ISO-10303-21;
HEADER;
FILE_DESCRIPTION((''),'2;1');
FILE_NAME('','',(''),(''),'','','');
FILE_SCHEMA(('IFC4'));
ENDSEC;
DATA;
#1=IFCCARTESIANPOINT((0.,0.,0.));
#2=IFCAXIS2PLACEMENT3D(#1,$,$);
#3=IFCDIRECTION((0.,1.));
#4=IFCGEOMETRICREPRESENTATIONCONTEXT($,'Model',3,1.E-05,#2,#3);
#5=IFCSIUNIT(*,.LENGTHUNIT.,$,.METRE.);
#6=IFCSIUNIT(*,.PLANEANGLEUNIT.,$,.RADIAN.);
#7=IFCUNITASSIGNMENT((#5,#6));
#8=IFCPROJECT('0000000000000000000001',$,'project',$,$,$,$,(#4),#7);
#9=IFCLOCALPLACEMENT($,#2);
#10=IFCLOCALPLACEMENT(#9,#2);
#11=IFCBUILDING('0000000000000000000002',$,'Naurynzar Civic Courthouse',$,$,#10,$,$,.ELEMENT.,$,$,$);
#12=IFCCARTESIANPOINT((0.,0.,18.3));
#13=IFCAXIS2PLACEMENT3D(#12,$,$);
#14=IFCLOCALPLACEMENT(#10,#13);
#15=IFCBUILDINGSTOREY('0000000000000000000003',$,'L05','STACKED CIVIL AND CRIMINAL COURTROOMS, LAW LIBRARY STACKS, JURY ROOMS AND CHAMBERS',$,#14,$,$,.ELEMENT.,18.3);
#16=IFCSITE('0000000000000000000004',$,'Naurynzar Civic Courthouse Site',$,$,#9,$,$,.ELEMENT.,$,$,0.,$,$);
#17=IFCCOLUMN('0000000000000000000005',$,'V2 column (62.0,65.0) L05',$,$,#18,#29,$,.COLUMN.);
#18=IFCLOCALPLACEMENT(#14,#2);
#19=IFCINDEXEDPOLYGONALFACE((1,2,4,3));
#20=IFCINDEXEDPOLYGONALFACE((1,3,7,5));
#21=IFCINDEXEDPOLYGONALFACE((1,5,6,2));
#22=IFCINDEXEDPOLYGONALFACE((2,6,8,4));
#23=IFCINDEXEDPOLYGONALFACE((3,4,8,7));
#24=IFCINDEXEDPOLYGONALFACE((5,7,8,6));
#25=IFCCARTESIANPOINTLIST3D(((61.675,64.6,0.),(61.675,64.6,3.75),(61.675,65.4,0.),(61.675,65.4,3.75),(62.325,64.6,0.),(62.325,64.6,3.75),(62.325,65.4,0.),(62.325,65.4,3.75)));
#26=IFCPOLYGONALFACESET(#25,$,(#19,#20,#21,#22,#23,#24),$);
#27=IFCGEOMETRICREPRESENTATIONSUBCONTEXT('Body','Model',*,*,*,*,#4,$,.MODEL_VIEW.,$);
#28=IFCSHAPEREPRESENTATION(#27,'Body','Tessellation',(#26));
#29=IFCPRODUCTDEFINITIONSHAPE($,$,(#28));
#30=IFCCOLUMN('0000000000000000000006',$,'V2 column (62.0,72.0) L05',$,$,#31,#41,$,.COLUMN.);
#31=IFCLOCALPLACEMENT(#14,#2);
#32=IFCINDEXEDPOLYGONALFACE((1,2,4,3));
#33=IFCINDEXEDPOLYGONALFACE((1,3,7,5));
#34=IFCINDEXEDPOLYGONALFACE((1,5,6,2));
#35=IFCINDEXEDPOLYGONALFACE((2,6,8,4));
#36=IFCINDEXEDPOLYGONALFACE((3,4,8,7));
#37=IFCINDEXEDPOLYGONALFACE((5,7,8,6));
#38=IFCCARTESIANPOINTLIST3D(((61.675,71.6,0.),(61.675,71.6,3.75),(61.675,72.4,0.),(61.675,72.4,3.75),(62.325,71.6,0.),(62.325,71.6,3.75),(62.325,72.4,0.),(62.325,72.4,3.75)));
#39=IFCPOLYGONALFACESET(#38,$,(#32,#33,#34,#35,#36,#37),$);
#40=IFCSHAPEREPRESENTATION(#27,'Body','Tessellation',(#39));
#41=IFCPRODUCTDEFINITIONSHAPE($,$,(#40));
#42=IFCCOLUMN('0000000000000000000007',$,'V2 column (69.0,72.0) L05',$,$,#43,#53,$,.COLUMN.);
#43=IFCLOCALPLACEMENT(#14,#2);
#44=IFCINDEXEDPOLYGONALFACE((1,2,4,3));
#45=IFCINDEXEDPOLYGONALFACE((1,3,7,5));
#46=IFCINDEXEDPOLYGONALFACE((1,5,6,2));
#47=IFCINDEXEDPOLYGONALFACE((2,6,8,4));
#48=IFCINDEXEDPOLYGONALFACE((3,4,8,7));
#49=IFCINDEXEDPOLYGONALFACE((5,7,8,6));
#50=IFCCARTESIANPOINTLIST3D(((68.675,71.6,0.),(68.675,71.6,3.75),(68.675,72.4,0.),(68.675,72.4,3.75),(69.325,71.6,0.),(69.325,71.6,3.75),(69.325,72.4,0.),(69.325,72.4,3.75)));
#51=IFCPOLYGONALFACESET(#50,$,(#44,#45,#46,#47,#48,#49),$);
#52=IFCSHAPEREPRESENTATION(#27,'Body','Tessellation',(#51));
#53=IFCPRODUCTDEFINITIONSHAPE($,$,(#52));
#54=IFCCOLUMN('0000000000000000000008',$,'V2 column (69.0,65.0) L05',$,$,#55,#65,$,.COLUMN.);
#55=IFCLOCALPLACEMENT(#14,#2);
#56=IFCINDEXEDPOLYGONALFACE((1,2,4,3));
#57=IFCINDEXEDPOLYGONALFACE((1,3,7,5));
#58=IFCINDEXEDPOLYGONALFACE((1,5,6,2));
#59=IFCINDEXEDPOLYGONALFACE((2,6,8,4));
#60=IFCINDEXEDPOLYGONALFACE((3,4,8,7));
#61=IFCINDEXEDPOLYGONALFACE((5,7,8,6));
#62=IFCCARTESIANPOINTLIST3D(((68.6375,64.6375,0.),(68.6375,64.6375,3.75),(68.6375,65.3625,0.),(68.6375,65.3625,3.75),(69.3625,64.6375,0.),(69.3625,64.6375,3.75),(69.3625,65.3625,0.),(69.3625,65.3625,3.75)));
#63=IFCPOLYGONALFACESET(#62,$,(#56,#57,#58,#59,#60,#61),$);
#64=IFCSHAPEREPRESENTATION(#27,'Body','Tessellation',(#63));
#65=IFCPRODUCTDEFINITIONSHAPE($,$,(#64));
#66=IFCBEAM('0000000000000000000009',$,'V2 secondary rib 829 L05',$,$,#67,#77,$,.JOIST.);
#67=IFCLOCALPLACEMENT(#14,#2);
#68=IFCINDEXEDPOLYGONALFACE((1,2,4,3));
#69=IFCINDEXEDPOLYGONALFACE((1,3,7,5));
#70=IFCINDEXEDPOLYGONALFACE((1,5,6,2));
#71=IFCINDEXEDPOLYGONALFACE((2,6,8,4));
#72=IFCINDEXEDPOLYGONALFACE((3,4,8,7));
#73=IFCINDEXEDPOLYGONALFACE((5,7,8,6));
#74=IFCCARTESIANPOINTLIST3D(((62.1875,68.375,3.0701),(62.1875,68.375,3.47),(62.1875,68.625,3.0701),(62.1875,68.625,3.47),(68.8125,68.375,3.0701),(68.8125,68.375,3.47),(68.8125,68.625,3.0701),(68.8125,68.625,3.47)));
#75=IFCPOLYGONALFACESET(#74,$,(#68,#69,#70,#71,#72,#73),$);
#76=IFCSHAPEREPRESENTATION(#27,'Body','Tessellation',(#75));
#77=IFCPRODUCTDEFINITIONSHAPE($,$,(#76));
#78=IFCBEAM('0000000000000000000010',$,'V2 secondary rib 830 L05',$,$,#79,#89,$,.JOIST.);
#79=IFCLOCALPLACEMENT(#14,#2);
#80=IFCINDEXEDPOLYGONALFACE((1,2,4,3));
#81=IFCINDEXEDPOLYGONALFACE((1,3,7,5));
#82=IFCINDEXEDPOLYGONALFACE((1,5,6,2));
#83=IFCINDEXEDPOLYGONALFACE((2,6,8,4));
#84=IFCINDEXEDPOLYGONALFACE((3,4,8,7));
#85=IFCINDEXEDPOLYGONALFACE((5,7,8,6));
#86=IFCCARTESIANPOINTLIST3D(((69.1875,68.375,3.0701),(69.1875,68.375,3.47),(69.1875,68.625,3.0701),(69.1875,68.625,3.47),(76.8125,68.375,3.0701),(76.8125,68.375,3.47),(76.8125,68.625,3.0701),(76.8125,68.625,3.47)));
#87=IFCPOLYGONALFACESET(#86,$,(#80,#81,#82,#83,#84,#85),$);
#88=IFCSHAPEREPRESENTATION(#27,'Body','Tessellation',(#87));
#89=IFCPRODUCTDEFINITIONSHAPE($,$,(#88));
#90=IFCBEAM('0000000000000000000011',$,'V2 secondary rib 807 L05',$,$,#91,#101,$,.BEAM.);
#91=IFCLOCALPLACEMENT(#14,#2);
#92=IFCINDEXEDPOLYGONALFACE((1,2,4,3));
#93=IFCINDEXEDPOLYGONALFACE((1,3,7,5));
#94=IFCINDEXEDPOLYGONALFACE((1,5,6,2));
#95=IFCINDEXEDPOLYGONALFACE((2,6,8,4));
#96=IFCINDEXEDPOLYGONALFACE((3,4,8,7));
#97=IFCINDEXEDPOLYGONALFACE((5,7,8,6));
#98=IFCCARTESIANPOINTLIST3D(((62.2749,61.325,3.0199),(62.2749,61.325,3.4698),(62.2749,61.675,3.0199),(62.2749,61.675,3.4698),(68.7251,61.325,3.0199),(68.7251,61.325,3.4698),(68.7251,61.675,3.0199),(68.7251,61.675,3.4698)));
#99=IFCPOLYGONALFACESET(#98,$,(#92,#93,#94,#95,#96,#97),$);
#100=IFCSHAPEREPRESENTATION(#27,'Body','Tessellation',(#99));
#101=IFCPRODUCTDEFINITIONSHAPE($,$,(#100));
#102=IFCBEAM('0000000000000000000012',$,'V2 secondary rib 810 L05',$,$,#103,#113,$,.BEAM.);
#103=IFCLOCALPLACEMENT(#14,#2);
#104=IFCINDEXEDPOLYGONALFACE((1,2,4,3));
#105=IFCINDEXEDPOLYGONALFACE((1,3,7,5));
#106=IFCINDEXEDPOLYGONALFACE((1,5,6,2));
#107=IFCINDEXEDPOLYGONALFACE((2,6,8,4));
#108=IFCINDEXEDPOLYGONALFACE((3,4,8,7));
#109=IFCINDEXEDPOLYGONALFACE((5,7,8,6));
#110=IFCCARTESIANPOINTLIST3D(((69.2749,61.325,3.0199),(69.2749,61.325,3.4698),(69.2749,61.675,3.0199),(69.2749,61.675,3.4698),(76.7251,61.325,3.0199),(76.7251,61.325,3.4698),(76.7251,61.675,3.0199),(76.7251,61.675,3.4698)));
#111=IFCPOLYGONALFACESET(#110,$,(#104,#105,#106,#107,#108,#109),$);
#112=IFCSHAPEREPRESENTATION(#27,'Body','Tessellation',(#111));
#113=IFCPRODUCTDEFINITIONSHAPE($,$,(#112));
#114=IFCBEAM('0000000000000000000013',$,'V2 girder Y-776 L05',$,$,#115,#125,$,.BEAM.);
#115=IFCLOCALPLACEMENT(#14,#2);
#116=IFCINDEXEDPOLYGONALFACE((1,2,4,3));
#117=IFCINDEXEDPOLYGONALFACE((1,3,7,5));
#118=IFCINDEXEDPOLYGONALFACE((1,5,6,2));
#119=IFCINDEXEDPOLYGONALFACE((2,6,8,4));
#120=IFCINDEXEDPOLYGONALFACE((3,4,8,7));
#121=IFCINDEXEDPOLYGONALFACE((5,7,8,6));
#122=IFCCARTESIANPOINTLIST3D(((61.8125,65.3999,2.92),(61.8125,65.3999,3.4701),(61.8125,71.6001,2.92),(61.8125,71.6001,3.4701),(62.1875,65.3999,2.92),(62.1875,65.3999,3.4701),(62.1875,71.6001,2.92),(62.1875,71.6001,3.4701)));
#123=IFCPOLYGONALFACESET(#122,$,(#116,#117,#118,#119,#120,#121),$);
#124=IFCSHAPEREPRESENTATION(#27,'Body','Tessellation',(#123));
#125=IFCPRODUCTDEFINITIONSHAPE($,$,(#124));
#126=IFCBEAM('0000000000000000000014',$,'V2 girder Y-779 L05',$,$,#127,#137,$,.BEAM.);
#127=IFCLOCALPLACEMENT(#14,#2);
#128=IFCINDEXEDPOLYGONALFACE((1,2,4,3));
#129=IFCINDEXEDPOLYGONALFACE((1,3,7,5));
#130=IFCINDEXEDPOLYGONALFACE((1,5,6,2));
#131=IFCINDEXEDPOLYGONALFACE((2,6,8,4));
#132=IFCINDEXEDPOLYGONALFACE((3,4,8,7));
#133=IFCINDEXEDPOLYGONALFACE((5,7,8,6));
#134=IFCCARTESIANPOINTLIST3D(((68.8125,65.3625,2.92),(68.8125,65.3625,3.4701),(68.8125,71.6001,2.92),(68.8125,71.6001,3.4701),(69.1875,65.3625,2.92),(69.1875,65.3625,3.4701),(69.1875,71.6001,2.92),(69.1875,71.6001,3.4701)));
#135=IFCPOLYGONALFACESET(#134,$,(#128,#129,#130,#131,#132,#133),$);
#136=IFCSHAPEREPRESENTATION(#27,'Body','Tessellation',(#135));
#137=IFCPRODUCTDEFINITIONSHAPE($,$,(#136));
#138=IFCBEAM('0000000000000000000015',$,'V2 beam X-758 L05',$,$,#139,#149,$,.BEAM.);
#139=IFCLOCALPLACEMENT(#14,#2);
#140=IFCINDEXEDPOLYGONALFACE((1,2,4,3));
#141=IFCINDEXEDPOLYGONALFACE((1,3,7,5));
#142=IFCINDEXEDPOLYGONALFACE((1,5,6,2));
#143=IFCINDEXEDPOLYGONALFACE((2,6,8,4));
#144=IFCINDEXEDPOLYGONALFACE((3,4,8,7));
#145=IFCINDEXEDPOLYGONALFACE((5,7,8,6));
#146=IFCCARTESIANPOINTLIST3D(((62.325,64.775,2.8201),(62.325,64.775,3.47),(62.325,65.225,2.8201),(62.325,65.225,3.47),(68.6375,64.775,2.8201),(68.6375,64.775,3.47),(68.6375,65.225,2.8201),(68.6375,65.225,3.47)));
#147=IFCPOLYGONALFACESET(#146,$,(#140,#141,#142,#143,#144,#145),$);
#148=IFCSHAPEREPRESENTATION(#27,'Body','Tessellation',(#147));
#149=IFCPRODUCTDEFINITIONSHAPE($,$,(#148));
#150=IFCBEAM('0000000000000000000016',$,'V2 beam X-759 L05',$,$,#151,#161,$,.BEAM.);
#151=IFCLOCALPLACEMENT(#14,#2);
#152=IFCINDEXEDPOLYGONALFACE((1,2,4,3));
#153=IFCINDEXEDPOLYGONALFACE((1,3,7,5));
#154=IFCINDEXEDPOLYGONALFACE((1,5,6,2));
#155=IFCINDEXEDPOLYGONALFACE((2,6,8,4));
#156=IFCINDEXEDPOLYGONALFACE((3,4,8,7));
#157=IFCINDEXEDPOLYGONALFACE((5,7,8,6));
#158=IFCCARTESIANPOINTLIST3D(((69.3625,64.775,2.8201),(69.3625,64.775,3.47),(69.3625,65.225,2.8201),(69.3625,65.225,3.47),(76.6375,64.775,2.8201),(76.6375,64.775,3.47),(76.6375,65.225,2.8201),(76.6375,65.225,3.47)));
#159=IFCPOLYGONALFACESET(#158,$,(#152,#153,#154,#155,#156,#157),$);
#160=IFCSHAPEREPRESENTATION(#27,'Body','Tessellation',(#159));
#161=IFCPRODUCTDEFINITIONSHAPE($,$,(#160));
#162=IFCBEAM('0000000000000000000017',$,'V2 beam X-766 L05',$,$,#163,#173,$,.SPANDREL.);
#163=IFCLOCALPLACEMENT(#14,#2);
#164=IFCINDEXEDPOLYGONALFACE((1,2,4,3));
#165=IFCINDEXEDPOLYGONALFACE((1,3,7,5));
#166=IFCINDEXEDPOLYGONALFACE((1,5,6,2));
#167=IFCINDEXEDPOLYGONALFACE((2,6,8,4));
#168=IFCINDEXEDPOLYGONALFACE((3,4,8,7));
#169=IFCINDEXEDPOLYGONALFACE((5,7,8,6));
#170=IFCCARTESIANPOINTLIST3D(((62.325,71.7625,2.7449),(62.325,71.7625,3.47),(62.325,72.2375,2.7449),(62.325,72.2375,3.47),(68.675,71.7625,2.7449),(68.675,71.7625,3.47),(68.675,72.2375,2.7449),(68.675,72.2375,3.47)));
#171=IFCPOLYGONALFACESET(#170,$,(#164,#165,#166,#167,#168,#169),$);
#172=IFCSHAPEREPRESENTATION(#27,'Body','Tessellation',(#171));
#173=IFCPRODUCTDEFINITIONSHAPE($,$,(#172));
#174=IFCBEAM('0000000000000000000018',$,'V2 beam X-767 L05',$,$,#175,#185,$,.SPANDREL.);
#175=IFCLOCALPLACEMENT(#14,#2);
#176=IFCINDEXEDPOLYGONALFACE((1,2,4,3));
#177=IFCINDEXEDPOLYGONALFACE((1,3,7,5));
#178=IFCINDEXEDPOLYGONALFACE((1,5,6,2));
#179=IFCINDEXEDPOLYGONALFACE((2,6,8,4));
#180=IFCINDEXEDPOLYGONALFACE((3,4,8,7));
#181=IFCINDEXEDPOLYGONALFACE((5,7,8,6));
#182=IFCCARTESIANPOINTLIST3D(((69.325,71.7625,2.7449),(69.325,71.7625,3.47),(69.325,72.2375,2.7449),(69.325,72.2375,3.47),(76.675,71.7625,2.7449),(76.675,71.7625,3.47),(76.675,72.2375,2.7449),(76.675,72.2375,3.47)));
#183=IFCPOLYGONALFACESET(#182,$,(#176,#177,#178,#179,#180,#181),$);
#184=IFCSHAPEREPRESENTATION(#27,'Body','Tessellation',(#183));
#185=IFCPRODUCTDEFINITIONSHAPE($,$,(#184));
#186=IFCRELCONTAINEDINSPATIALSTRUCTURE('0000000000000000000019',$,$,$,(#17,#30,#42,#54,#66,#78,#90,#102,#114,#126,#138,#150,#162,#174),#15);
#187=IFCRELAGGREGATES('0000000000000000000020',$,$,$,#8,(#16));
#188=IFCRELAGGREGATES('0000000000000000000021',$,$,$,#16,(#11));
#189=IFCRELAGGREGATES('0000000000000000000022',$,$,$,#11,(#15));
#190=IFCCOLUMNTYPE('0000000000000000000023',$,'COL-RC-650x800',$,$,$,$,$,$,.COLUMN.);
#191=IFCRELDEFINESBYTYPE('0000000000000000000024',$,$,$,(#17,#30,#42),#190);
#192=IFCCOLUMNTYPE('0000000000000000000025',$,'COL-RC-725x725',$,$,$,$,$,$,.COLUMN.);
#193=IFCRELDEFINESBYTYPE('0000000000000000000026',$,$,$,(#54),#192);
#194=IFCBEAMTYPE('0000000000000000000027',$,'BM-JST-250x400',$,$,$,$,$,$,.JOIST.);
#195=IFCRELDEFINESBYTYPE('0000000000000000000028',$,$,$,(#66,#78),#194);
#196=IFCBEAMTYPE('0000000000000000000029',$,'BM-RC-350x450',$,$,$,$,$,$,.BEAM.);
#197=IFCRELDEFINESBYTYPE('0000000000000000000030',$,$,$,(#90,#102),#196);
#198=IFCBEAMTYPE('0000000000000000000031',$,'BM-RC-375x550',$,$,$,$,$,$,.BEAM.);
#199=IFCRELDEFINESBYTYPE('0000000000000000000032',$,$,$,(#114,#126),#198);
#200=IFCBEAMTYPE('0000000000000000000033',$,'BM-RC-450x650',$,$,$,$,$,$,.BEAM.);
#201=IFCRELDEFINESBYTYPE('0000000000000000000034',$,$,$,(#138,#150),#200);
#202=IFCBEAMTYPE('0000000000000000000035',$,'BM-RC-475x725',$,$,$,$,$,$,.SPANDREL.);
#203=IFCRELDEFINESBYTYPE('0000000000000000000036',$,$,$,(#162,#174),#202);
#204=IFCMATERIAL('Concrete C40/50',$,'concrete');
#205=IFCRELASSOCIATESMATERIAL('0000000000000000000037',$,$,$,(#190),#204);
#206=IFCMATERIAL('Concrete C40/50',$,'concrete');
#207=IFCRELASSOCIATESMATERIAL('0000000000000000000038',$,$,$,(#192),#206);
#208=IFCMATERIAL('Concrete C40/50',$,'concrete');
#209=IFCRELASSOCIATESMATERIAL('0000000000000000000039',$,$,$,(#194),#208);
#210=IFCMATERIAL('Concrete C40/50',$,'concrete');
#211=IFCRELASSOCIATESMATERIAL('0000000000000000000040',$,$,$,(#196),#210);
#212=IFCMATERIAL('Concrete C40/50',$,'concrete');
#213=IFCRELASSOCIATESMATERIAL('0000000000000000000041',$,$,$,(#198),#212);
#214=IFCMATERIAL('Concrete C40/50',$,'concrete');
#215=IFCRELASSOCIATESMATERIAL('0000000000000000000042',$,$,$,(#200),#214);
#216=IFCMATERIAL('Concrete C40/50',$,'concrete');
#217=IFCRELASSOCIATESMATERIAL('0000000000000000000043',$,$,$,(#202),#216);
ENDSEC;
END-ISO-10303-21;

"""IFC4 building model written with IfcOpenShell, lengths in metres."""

from ifc_helpers import new_model, si_unit, direction, frame, origin, origin_2d, place, context, subcontext, project, spatial, rectangle, extrude, material, material_profile, profile_set, type_object, element, save


model = new_model("IFC4")

# Units and contexts
model_context = context("Model", 3, precision=1e-05, world=origin(), true_north=direction((0.0, 1.0)))
body_context = subcontext(model_context, "Body", "Model", "MODEL_VIEW")
ifc_project = project(units=[si_unit("LENGTHUNIT", "METRE"), si_unit("PLANEANGLEUNIT", "RADIAN")], contexts=[model_context])

# Site, building, storey
site_placement = place(None, origin())
site = spatial("IfcSite", under=ifc_project, at=site_placement, Name="Naurynzar Civic Courthouse Site", CompositionType="ELEMENT", RefElevation=0.0)
building_placement = place(site_placement, origin())
building = spatial("IfcBuilding", under=site, at=building_placement, Name="Naurynzar Civic Courthouse", CompositionType="ELEMENT")
storey_placement = place(building_placement, frame((0.0, 0.0, 18.3)))
storey = spatial("IfcBuildingStorey", under=building, at=storey_placement, Name="L05", Description="STACKED CIVIL AND CRIMINAL COURTROOMS, LAW LIBRARY STACKS, JURY ROOMS AND CHAMBERS", CompositionType="ELEMENT", Elevation=18.3)

# Columns
ifc_material_1 = material(Name="Concrete C40/50", Category="concrete")
ifc_material_profile_1 = material_profile(ifc_material_1, rectangle(XDim=0.6499, YDim=0.8, at=origin_2d()), Name="RC 650x800")
ifc_profile_set_1 = profile_set([ifc_material_profile_1], Name="Concrete C40/50")
column_type_1 = type_object("IfcColumnType", Name="COL-RC-650x800", PredefinedType="COLUMN", material=ifc_profile_set_1)
for number, where, z_axis, x_axis, name in (
    (1, (62.0, 65.0, 0.0), (0.0, 0.0, 1.0), (1.0, 0.0, 0.0), "V2 column (62.0,65.0) L05"),
    (2, (62.0, 72.0, 0.0), (0.0, 0.0, 1.0), (1.0, 0.0, 0.0), "V2 column (62.0,72.0) L05"),
    (3, (69.0, 72.0, 0.0), (0.0, 0.0, 1.0), (1.0, 0.0, 0.0), "V2 column (69.0,72.0) L05"),
):
    element("IfcColumn", number, at=place(storey_placement, frame(where, z_axis=z_axis, x_axis=x_axis)), inside=storey, type_object=column_type_1, Name=name, PredefinedType="COLUMN", context=body_context, shape_type="SweptSolid", body=[
        extrude(rectangle(XDim=0.6499, YDim=0.8, at=origin_2d()), origin(), (0.0, 0.0, 1.0), 3.75),
    ])
ifc_material_2 = material(Name="Concrete C40/50", Category="concrete")
ifc_material_profile_2 = material_profile(ifc_material_2, rectangle(XDim=0.7251, YDim=0.7251, at=origin_2d()), Name="RC 725x725")
ifc_profile_set_2 = profile_set([ifc_material_profile_2], Name="Concrete C40/50")
column_type_2 = type_object("IfcColumnType", Name="COL-RC-725x725", PredefinedType="COLUMN", material=ifc_profile_set_2)
column_placement = place(storey_placement, frame((69.0, 65.0, 0.0), z_axis=(0.0, 0.0, 1.0), x_axis=(1.0, 0.0, 0.0)))
element("IfcColumn", 4, at=column_placement, inside=storey, type_object=column_type_2, Name="V2 column (69.0,65.0) L05", PredefinedType="COLUMN", context=body_context, shape_type="SweptSolid", body=[
    extrude(rectangle(XDim=0.7251, YDim=0.7251, at=origin_2d()), origin(), (0.0, 0.0, 1.0), 3.75),
])

# Beams
ifc_material_3 = material(Name="Concrete C40/50", Category="concrete")
ifc_material_profile_3 = material_profile(ifc_material_3, rectangle(XDim=0.25, YDim=0.3999, at=origin_2d()), Name="RCB 250x400")
ifc_profile_set_3 = profile_set([ifc_material_profile_3], Name="Concrete C40/50")
beam_type_1 = type_object("IfcBeamType", Name="BM-JST-250x400", PredefinedType="JOIST", material=ifc_profile_set_3)
beam_1_placement = place(storey_placement, frame((62.1875, 68.5, 3.27), z_axis=(1.0, 0.0, 0.0), x_axis=(0.0, 1.0, 0.0)))
element("IfcBeam", 5, at=beam_1_placement, inside=storey, type_object=beam_type_1, Name="V2 secondary rib 829 L05", PredefinedType="JOIST", context=body_context, shape_type="SweptSolid", body=[
    extrude(rectangle(XDim=0.25, YDim=0.3999, at=origin_2d()), origin(), (0.0, 0.0, 1.0), 6.625),
])
beam_2_placement = place(storey_placement, frame((69.1875, 68.5, 3.27), z_axis=(1.0, 0.0, 0.0), x_axis=(0.0, 1.0, 0.0)))
element("IfcBeam", 6, at=beam_2_placement, inside=storey, type_object=beam_type_1, Name="V2 secondary rib 830 L05", PredefinedType="JOIST", context=body_context, shape_type="SweptSolid", body=[
    extrude(rectangle(XDim=0.25, YDim=0.3999, at=origin_2d()), origin(), (0.0, 0.0, 1.0), 7.625),
])
ifc_material_4 = material(Name="Concrete C40/50", Category="concrete")
ifc_material_profile_4 = material_profile(ifc_material_4, rectangle(XDim=0.3501, YDim=0.45, at=origin_2d()), Name="RCB 350x450")
ifc_profile_set_4 = profile_set([ifc_material_profile_4], Name="Concrete C40/50")
beam_type_2 = type_object("IfcBeamType", Name="BM-RC-350x450", PredefinedType="BEAM", material=ifc_profile_set_4)
beam_3_placement = place(storey_placement, frame((62.2749, 61.5, 3.2449), z_axis=(1.0, 0.0, 0.0), x_axis=(0.0, 1.0, 0.0)))
element("IfcBeam", 7, at=beam_3_placement, inside=storey, type_object=beam_type_2, Name="V2 secondary rib 807 L05", PredefinedType="BEAM", context=body_context, shape_type="SweptSolid", body=[
    extrude(rectangle(XDim=0.3501, YDim=0.45, at=origin_2d()), origin(), (0.0, 0.0, 1.0), 6.4502),
])
beam_4_placement = place(storey_placement, frame((69.2749, 61.5, 3.2449), z_axis=(1.0, 0.0, 0.0), x_axis=(0.0, 1.0, 0.0)))
element("IfcBeam", 8, at=beam_4_placement, inside=storey, type_object=beam_type_2, Name="V2 secondary rib 810 L05", PredefinedType="BEAM", context=body_context, shape_type="SweptSolid", body=[
    extrude(rectangle(XDim=0.3501, YDim=0.45, at=origin_2d()), origin(), (0.0, 0.0, 1.0), 7.4502),
])
ifc_material_5 = material(Name="Concrete C40/50", Category="concrete")
ifc_material_profile_5 = material_profile(ifc_material_5, rectangle(XDim=0.375, YDim=0.55, at=origin_2d()), Name="RCB 375x550")
ifc_profile_set_5 = profile_set([ifc_material_profile_5], Name="Concrete C40/50")
beam_type_3 = type_object("IfcBeamType", Name="BM-RC-375x550", PredefinedType="BEAM", material=ifc_profile_set_5)
beam_5_placement = place(storey_placement, frame((62.0, 65.3999, 3.1951), z_axis=(0.0, 1.0, 0.0), x_axis=(-1.0, 0.0, 0.0)))
element("IfcBeam", 9, at=beam_5_placement, inside=storey, type_object=beam_type_3, Name="V2 girder Y-776 L05", PredefinedType="BEAM", context=body_context, shape_type="SweptSolid", body=[
    extrude(rectangle(XDim=0.375, YDim=0.55, at=origin_2d()), origin(), (0.0, 0.0, 1.0), 6.2002),
])
beam_6_placement = place(storey_placement, frame((69.0, 65.3625, 3.1951), z_axis=(0.0, 1.0, 0.0), x_axis=(-1.0, 0.0, 0.0)))
element("IfcBeam", 10, at=beam_6_placement, inside=storey, type_object=beam_type_3, Name="V2 girder Y-779 L05", PredefinedType="BEAM", context=body_context, shape_type="SweptSolid", body=[
    extrude(rectangle(XDim=0.375, YDim=0.55, at=origin_2d()), origin(), (0.0, 0.0, 1.0), 6.2375),
])
ifc_material_6 = material(Name="Concrete C40/50", Category="concrete")
ifc_material_profile_6 = material_profile(ifc_material_6, rectangle(XDim=0.45, YDim=0.6499, at=origin_2d()), Name="RCB 450x650")
ifc_profile_set_6 = profile_set([ifc_material_profile_6], Name="Concrete C40/50")
beam_type_4 = type_object("IfcBeamType", Name="BM-RC-450x650", PredefinedType="BEAM", material=ifc_profile_set_6)
beam_7_placement = place(storey_placement, frame((62.325, 65.0, 3.145), z_axis=(1.0, 0.0, 0.0), x_axis=(0.0, 1.0, 0.0)))
element("IfcBeam", 11, at=beam_7_placement, inside=storey, type_object=beam_type_4, Name="V2 beam X-758 L05", PredefinedType="BEAM", context=body_context, shape_type="SweptSolid", body=[
    extrude(rectangle(XDim=0.45, YDim=0.6499, at=origin_2d()), origin(), (0.0, 0.0, 1.0), 6.3125),
])
beam_8_placement = place(storey_placement, frame((69.3625, 65.0, 3.145), z_axis=(1.0, 0.0, 0.0), x_axis=(0.0, 1.0, 0.0)))
element("IfcBeam", 12, at=beam_8_placement, inside=storey, type_object=beam_type_4, Name="V2 beam X-759 L05", PredefinedType="BEAM", context=body_context, shape_type="SweptSolid", body=[
    extrude(rectangle(XDim=0.45, YDim=0.6499, at=origin_2d()), origin(), (0.0, 0.0, 1.0), 7.2749),
])
ifc_material_7 = material(Name="Concrete C40/50", Category="concrete")
ifc_material_profile_7 = material_profile(ifc_material_7, rectangle(XDim=0.4751, YDim=0.7251, at=origin_2d()), Name="RCB 475x725")
ifc_profile_set_7 = profile_set([ifc_material_profile_7], Name="Concrete C40/50")
beam_type_5 = type_object("IfcBeamType", Name="BM-RC-475x725", PredefinedType="SPANDREL", material=ifc_profile_set_7)
beam_9_placement = place(storey_placement, frame((62.325, 72.0, 3.1074), z_axis=(1.0, 0.0, 0.0), x_axis=(0.0, 1.0, 0.0)))
element("IfcBeam", 13, at=beam_9_placement, inside=storey, type_object=beam_type_5, Name="V2 beam X-766 L05", PredefinedType="SPANDREL", context=body_context, shape_type="SweptSolid", body=[
    extrude(rectangle(XDim=0.4751, YDim=0.7251, at=origin_2d()), origin(), (0.0, 0.0, 1.0), 6.3501),
])
beam_10_placement = place(storey_placement, frame((69.325, 72.0, 3.1074), z_axis=(1.0, 0.0, 0.0), x_axis=(0.0, 1.0, 0.0)))
element("IfcBeam", 14, at=beam_10_placement, inside=storey, type_object=beam_type_5, Name="V2 beam X-767 L05", PredefinedType="SPANDREL", context=body_context, shape_type="SweptSolid", body=[
    extrude(rectangle(XDim=0.4751, YDim=0.7251, at=origin_2d()), origin(), (0.0, 0.0, 1.0), 7.3501),
])

save(model, "model.ifc")
